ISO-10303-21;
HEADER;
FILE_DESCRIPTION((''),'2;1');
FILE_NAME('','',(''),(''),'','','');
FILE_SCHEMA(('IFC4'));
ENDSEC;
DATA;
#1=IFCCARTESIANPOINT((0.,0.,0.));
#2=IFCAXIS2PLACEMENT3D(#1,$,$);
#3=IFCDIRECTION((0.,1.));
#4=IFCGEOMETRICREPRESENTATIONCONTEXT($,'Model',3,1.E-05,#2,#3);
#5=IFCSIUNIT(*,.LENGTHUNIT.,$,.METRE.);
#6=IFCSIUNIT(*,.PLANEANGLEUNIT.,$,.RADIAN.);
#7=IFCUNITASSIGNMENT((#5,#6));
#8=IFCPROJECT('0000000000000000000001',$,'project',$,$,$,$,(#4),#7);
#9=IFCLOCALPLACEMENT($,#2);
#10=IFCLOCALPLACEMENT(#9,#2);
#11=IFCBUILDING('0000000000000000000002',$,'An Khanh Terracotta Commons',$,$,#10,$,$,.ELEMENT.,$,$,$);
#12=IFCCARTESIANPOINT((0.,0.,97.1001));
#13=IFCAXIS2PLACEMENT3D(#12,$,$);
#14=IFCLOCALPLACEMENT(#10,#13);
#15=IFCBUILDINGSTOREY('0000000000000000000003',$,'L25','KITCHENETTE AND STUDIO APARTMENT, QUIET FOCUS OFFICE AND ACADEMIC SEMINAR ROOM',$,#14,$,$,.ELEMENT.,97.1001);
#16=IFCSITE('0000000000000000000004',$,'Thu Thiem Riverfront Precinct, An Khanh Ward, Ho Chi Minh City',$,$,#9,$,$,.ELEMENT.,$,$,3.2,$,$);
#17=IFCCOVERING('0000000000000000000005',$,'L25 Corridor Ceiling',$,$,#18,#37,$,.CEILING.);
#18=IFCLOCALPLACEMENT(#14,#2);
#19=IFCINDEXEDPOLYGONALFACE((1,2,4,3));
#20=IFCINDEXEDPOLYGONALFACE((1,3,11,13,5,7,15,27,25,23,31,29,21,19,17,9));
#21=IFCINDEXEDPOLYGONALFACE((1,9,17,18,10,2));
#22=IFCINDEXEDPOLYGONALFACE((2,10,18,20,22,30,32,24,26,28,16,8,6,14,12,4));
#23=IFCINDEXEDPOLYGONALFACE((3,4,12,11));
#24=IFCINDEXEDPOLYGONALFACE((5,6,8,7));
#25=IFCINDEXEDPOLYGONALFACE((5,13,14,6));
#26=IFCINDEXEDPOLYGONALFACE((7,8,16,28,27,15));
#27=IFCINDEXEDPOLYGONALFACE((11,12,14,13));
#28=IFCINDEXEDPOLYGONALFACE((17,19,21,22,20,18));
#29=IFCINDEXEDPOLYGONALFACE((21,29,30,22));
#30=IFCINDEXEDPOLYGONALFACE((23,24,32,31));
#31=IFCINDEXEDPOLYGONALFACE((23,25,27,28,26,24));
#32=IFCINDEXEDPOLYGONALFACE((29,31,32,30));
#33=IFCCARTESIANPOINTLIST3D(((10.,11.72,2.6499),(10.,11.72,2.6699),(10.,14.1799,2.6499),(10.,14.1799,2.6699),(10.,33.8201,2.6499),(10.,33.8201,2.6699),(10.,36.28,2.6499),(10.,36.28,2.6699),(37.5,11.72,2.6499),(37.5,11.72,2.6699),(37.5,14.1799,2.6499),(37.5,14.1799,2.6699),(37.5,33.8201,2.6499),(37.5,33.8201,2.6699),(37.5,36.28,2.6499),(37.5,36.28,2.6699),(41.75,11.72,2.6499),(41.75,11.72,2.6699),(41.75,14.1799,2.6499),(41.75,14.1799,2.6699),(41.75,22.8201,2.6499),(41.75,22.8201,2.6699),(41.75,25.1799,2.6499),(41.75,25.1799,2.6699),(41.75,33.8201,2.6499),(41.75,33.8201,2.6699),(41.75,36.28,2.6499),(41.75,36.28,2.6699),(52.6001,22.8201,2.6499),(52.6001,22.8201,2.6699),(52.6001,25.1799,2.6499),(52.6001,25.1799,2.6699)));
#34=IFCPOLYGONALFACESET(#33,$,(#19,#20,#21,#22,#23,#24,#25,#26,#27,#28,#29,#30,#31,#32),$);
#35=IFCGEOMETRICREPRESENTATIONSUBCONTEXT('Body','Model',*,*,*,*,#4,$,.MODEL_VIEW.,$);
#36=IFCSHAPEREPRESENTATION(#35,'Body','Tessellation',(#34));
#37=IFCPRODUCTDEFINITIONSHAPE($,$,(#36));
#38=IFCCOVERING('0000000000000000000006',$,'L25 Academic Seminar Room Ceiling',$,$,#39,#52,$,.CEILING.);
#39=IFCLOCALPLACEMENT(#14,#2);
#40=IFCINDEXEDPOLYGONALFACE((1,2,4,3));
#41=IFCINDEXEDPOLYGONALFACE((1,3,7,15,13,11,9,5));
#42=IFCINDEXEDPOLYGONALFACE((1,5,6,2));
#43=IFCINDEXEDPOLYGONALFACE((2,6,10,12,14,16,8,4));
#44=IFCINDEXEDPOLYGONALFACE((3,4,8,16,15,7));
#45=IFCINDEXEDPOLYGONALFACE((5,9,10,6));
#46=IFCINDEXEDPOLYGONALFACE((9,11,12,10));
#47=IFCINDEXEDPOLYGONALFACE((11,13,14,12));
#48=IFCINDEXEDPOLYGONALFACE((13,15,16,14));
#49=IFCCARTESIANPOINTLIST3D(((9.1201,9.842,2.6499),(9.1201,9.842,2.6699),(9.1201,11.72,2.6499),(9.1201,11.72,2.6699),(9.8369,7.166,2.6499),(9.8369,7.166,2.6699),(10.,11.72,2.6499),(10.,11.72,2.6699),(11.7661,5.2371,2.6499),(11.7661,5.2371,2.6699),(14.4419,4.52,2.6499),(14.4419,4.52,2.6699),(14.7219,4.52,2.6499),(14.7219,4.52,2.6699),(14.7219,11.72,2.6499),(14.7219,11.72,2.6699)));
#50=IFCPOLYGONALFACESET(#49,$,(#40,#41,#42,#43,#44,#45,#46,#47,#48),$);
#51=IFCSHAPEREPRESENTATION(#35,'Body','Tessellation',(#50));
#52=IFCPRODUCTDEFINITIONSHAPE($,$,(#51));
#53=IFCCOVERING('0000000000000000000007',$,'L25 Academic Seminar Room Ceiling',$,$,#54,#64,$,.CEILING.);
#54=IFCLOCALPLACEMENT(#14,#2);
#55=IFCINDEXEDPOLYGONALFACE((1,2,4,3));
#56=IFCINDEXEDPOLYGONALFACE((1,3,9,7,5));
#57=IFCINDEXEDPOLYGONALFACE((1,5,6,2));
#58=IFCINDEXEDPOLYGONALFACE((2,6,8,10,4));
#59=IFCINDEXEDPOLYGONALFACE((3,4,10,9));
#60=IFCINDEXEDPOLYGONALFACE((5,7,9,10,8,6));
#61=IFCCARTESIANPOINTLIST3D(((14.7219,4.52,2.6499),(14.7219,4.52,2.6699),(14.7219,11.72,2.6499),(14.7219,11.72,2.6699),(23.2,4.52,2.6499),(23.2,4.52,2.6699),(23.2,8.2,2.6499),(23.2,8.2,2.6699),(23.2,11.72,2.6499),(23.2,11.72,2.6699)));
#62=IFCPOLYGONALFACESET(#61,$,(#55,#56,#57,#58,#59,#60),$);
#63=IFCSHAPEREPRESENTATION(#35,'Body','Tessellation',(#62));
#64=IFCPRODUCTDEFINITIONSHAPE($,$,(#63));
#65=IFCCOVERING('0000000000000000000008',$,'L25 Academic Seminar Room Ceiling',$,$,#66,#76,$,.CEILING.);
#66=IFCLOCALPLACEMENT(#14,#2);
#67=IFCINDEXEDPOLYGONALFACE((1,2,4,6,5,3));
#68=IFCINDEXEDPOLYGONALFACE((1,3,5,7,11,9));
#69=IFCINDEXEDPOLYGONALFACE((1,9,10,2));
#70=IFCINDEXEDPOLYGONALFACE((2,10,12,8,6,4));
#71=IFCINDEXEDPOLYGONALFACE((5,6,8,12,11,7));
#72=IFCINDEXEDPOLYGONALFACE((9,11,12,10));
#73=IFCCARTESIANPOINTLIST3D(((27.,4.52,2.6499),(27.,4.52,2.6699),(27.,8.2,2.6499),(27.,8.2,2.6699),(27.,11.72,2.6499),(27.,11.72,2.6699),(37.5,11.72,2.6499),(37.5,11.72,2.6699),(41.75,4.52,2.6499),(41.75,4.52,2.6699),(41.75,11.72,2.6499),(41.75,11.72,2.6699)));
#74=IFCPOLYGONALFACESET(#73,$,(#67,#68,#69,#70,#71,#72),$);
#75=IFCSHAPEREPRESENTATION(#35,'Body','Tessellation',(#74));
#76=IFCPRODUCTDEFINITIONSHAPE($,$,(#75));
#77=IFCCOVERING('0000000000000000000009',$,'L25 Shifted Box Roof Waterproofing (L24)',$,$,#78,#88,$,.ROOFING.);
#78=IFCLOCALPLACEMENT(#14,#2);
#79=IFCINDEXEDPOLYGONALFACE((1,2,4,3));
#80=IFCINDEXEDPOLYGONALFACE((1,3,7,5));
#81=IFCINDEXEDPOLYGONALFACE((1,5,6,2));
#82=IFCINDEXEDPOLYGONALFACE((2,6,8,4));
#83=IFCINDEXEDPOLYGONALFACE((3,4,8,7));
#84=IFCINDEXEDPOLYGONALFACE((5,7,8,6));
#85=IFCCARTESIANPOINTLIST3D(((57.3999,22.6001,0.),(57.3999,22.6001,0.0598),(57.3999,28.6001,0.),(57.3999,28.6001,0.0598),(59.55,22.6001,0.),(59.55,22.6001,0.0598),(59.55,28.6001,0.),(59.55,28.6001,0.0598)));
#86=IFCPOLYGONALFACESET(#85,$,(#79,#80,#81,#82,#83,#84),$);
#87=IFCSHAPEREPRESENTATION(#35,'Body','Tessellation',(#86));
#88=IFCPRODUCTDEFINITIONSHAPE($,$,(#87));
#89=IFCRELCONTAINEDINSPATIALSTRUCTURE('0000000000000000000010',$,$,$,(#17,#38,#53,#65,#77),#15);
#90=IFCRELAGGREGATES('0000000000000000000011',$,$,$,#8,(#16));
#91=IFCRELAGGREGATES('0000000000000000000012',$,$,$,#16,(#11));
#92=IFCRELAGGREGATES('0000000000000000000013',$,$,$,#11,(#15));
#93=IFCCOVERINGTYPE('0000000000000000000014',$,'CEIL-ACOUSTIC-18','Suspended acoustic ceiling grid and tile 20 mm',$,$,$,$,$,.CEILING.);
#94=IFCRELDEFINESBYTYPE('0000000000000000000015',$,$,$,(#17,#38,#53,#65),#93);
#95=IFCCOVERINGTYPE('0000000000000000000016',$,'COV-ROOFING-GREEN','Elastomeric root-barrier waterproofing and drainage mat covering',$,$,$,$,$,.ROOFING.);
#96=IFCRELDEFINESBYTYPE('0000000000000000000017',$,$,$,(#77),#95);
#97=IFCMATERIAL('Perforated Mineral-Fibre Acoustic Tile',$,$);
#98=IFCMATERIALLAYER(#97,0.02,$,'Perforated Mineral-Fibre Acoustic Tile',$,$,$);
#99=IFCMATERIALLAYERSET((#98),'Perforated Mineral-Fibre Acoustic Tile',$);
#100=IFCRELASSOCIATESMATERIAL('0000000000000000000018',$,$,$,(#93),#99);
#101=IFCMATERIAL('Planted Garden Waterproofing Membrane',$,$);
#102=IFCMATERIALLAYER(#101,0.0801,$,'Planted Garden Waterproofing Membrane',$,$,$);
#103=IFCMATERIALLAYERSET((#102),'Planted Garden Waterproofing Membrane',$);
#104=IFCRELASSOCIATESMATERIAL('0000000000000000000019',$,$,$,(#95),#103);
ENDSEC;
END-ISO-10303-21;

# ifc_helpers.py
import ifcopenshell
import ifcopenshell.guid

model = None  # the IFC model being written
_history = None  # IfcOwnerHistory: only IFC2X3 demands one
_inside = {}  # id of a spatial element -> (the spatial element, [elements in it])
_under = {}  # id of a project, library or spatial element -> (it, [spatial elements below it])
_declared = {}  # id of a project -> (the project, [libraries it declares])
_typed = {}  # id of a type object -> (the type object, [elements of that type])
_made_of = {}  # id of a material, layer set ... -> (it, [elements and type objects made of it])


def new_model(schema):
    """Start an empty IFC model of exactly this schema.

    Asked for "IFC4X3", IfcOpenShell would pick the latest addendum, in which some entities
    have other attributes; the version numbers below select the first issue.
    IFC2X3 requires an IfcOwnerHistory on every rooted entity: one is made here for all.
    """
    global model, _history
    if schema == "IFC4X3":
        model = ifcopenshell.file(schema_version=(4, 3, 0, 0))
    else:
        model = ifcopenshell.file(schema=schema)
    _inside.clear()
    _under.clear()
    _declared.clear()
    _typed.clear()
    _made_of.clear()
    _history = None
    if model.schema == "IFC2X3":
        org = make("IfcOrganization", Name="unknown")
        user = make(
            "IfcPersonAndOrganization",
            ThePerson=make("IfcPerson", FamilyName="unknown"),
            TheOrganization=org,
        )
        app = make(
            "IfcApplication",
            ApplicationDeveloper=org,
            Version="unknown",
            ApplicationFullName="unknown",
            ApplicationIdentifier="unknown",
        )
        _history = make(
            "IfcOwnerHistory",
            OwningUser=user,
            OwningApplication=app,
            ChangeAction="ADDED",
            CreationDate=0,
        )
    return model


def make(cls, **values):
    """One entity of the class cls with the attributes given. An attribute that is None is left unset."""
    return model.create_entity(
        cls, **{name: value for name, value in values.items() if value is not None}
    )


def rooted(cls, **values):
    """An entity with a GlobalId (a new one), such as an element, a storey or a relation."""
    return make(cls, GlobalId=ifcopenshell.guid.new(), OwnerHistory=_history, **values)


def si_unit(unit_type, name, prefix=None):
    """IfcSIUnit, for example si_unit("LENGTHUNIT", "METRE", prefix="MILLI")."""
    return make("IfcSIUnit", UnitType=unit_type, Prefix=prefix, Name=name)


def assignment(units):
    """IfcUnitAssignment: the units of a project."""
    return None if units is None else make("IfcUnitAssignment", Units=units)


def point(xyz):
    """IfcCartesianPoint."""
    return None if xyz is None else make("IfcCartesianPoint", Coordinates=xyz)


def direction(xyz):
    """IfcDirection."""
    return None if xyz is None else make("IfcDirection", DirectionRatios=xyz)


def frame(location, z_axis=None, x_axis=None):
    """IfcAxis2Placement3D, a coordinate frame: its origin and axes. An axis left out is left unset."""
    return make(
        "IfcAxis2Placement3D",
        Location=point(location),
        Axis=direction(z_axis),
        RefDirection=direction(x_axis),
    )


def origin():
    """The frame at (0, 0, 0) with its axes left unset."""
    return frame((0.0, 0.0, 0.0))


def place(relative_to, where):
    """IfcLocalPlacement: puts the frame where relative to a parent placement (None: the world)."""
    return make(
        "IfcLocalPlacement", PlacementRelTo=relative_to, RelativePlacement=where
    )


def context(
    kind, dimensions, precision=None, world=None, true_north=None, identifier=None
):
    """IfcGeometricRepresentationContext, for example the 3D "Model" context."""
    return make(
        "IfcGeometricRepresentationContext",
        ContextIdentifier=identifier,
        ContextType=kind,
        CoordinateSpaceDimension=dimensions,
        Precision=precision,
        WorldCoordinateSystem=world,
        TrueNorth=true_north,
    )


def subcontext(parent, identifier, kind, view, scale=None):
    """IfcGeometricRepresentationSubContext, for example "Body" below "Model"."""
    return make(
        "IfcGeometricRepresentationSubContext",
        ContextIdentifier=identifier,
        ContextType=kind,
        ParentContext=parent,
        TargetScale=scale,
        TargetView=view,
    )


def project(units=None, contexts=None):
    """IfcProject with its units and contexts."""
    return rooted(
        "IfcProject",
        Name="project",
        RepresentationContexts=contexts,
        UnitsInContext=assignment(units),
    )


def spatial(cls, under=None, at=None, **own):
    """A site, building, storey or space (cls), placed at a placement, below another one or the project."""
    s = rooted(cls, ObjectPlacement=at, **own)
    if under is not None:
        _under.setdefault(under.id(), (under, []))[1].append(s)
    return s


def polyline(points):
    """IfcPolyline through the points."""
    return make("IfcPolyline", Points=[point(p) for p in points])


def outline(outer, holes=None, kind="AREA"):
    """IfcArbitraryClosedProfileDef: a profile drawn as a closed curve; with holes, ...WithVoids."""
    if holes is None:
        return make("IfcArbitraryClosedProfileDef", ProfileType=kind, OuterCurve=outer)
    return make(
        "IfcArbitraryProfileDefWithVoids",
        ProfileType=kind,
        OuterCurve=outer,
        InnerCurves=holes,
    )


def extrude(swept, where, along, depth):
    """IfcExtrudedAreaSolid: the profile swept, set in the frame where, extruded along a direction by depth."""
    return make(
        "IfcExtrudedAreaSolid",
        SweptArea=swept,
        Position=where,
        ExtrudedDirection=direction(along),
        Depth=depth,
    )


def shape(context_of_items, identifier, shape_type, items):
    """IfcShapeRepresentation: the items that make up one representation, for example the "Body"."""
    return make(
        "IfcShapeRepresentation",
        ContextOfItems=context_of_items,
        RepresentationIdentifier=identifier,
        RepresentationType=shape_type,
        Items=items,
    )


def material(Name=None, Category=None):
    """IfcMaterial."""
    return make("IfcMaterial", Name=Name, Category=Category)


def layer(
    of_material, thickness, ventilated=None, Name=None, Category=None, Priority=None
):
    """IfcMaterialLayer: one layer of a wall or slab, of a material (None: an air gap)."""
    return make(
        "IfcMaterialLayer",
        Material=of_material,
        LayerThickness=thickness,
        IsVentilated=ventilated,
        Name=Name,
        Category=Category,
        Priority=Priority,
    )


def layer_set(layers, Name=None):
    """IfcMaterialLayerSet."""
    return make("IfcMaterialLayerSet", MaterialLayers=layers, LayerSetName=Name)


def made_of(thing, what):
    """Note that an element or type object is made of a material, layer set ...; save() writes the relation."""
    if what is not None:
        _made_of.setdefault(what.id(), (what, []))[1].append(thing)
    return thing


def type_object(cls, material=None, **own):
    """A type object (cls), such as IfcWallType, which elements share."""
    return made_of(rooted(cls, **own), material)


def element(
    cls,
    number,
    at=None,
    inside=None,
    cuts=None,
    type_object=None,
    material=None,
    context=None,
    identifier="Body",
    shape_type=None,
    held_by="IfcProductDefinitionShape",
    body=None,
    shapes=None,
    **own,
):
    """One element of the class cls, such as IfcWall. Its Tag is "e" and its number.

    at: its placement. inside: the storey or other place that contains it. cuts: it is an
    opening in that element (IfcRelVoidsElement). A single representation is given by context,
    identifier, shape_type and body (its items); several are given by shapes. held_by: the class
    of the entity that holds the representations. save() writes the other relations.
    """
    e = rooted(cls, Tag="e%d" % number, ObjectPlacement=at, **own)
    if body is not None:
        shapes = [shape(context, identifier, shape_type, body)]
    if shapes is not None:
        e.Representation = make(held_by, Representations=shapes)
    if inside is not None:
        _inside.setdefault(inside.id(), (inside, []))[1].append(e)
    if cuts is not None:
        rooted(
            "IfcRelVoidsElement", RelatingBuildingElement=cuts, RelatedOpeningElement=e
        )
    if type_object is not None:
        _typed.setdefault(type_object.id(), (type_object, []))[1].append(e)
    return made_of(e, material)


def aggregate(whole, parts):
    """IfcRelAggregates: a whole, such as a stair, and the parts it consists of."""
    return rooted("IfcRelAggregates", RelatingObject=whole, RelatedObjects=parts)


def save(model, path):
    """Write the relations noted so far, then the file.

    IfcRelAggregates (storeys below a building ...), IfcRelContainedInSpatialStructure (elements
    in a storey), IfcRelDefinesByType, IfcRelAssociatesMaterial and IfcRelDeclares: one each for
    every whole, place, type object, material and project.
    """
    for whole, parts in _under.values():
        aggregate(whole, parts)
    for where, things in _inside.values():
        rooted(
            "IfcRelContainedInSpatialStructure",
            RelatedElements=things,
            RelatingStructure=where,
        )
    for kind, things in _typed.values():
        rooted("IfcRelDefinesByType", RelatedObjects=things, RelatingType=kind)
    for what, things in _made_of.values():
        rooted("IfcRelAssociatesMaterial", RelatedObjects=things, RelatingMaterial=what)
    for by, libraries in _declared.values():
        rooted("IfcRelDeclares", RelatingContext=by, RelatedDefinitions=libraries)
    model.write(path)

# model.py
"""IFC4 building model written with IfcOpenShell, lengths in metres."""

from ifc_helpers import new_model, si_unit, direction, frame, origin, place, context, subcontext, project, spatial, polyline, outline, extrude, material, layer, layer_set, type_object, element, save


model = new_model("IFC4")

# Units and contexts
model_context = context("Model", 3, precision=1e-05, world=origin(), true_north=direction((0.0, 1.0)))
body_context = subcontext(model_context, "Body", "Model", "MODEL_VIEW")
ifc_project = project(units=[si_unit("LENGTHUNIT", "METRE"), si_unit("PLANEANGLEUNIT", "RADIAN")], contexts=[model_context])

# Site, building, storey
site_placement = place(None, origin())
site = spatial("IfcSite", under=ifc_project, at=site_placement, Name="Thu Thiem Riverfront Precinct, An Khanh Ward, Ho Chi Minh City", CompositionType="ELEMENT", RefElevation=3.2)
building_placement = place(site_placement, origin())
building = spatial("IfcBuilding", under=site, at=building_placement, Name="An Khanh Terracotta Commons", CompositionType="ELEMENT")
storey_placement = place(building_placement, frame((0.0, 0.0, 97.1001)))
storey = spatial("IfcBuildingStorey", under=building, at=storey_placement, Name="L25", Description="KITCHENETTE AND STUDIO APARTMENT, QUIET FOCUS OFFICE AND ACADEMIC SEMINAR ROOM", CompositionType="ELEMENT", Elevation=97.1001)

# Coverings
ifc_material_1 = material(Name="Perforated Mineral-Fibre Acoustic Tile")
ifc_layer_1 = layer(ifc_material_1, 0.02, Name="Perforated Mineral-Fibre Acoustic Tile")
ifc_layer_set_1 = layer_set([ifc_layer_1], Name="Perforated Mineral-Fibre Acoustic Tile")
covering_type_1 = type_object("IfcCoveringType", Name="CEIL-ACOUSTIC-18", Description="Suspended acoustic ceiling grid and tile 20 mm", PredefinedType="CEILING", material=ifc_layer_set_1)
covering_1_placement = place(storey_placement, frame((0.0, 0.0, 2.6499)))
element("IfcCovering", 1, at=covering_1_placement, inside=storey, type_object=covering_type_1, Name="L25 Corridor Ceiling", PredefinedType="CEILING", context=body_context, shape_type="SweptSolid", body=[
    extrude(outline(polyline([(10.0, 11.72), (10.0, 14.1799), (37.5, 14.1799), (37.5, 33.8201), (10.0, 33.8201), (10.0, 36.28), (37.5, 36.28), (41.75, 36.28), (41.75, 33.8201), (41.75, 25.1799), (52.6001, 25.1799), (52.6001, 22.8201), (41.75, 22.8201), (41.75, 14.1799), (41.75, 11.72), (37.5, 11.72), (10.0, 11.72)])), origin(), (0.0, 0.0, 1.0), 0.02),
])
covering_2_placement = place(storey_placement, frame((0.0, 0.0, 2.6499)))
element("IfcCovering", 2, at=covering_2_placement, inside=storey, type_object=covering_type_1, Name="L25 Academic Seminar Room Ceiling", PredefinedType="CEILING", context=body_context, shape_type="SweptSolid", body=[
    extrude(outline(polyline([(14.4419, 4.52), (11.7661, 5.2371), (9.8369, 7.166), (9.1201, 9.842), (9.1201, 11.72), (10.0, 11.72), (14.7219, 11.72), (14.7219, 4.52), (14.4419, 4.52)])), origin(), (0.0, 0.0, 1.0), 0.02),
])
covering_3_placement = place(storey_placement, frame((0.0, 0.0, 2.6499)))
element("IfcCovering", 3, at=covering_3_placement, inside=storey, type_object=covering_type_1, Name="L25 Academic Seminar Room Ceiling", PredefinedType="CEILING", context=body_context, shape_type="SweptSolid", body=[
    extrude(outline(polyline([(14.7219, 4.52), (14.7219, 11.72), (23.2, 11.72), (23.2, 8.2), (23.2, 4.52), (14.7219, 4.52)])), origin(), (0.0, 0.0, 1.0), 0.02),
])
covering_4_placement = place(storey_placement, frame((0.0, 0.0, 2.6499)))
element("IfcCovering", 4, at=covering_4_placement, inside=storey, type_object=covering_type_1, Name="L25 Academic Seminar Room Ceiling", PredefinedType="CEILING", context=body_context, shape_type="SweptSolid", body=[
    extrude(outline(polyline([(27.0, 4.52), (27.0, 8.2), (27.0, 11.72), (37.5, 11.72), (41.75, 11.72), (41.75, 4.52), (27.0, 4.52)])), origin(), (0.0, 0.0, 1.0), 0.02),
])
ifc_material_2 = material(Name="Planted Garden Waterproofing Membrane")
ifc_layer_2 = layer(ifc_material_2, 0.0801, Name="Planted Garden Waterproofing Membrane")
ifc_layer_set_2 = layer_set([ifc_layer_2], Name="Planted Garden Waterproofing Membrane")
covering_type_2 = type_object("IfcCoveringType", Name="COV-ROOFING-GREEN", Description="Elastomeric root-barrier waterproofing and drainage mat covering", PredefinedType="ROOFING", material=ifc_layer_set_2)
covering_5_placement = place(storey_placement, origin())
element("IfcCovering", 5, at=covering_5_placement, inside=storey, type_object=covering_type_2, Name="L25 Shifted Box Roof Waterproofing (L24)", PredefinedType="ROOFING", context=body_context, shape_type="SweptSolid", body=[
    extrude(outline(polyline([(57.3999, 22.6001), (59.55, 22.6001), (59.55, 28.6001), (57.3999, 28.6001), (57.3999, 22.6001)])), origin(), (0.0, 0.0, 1.0), 0.0598),
])

save(model, "model.ifc")
